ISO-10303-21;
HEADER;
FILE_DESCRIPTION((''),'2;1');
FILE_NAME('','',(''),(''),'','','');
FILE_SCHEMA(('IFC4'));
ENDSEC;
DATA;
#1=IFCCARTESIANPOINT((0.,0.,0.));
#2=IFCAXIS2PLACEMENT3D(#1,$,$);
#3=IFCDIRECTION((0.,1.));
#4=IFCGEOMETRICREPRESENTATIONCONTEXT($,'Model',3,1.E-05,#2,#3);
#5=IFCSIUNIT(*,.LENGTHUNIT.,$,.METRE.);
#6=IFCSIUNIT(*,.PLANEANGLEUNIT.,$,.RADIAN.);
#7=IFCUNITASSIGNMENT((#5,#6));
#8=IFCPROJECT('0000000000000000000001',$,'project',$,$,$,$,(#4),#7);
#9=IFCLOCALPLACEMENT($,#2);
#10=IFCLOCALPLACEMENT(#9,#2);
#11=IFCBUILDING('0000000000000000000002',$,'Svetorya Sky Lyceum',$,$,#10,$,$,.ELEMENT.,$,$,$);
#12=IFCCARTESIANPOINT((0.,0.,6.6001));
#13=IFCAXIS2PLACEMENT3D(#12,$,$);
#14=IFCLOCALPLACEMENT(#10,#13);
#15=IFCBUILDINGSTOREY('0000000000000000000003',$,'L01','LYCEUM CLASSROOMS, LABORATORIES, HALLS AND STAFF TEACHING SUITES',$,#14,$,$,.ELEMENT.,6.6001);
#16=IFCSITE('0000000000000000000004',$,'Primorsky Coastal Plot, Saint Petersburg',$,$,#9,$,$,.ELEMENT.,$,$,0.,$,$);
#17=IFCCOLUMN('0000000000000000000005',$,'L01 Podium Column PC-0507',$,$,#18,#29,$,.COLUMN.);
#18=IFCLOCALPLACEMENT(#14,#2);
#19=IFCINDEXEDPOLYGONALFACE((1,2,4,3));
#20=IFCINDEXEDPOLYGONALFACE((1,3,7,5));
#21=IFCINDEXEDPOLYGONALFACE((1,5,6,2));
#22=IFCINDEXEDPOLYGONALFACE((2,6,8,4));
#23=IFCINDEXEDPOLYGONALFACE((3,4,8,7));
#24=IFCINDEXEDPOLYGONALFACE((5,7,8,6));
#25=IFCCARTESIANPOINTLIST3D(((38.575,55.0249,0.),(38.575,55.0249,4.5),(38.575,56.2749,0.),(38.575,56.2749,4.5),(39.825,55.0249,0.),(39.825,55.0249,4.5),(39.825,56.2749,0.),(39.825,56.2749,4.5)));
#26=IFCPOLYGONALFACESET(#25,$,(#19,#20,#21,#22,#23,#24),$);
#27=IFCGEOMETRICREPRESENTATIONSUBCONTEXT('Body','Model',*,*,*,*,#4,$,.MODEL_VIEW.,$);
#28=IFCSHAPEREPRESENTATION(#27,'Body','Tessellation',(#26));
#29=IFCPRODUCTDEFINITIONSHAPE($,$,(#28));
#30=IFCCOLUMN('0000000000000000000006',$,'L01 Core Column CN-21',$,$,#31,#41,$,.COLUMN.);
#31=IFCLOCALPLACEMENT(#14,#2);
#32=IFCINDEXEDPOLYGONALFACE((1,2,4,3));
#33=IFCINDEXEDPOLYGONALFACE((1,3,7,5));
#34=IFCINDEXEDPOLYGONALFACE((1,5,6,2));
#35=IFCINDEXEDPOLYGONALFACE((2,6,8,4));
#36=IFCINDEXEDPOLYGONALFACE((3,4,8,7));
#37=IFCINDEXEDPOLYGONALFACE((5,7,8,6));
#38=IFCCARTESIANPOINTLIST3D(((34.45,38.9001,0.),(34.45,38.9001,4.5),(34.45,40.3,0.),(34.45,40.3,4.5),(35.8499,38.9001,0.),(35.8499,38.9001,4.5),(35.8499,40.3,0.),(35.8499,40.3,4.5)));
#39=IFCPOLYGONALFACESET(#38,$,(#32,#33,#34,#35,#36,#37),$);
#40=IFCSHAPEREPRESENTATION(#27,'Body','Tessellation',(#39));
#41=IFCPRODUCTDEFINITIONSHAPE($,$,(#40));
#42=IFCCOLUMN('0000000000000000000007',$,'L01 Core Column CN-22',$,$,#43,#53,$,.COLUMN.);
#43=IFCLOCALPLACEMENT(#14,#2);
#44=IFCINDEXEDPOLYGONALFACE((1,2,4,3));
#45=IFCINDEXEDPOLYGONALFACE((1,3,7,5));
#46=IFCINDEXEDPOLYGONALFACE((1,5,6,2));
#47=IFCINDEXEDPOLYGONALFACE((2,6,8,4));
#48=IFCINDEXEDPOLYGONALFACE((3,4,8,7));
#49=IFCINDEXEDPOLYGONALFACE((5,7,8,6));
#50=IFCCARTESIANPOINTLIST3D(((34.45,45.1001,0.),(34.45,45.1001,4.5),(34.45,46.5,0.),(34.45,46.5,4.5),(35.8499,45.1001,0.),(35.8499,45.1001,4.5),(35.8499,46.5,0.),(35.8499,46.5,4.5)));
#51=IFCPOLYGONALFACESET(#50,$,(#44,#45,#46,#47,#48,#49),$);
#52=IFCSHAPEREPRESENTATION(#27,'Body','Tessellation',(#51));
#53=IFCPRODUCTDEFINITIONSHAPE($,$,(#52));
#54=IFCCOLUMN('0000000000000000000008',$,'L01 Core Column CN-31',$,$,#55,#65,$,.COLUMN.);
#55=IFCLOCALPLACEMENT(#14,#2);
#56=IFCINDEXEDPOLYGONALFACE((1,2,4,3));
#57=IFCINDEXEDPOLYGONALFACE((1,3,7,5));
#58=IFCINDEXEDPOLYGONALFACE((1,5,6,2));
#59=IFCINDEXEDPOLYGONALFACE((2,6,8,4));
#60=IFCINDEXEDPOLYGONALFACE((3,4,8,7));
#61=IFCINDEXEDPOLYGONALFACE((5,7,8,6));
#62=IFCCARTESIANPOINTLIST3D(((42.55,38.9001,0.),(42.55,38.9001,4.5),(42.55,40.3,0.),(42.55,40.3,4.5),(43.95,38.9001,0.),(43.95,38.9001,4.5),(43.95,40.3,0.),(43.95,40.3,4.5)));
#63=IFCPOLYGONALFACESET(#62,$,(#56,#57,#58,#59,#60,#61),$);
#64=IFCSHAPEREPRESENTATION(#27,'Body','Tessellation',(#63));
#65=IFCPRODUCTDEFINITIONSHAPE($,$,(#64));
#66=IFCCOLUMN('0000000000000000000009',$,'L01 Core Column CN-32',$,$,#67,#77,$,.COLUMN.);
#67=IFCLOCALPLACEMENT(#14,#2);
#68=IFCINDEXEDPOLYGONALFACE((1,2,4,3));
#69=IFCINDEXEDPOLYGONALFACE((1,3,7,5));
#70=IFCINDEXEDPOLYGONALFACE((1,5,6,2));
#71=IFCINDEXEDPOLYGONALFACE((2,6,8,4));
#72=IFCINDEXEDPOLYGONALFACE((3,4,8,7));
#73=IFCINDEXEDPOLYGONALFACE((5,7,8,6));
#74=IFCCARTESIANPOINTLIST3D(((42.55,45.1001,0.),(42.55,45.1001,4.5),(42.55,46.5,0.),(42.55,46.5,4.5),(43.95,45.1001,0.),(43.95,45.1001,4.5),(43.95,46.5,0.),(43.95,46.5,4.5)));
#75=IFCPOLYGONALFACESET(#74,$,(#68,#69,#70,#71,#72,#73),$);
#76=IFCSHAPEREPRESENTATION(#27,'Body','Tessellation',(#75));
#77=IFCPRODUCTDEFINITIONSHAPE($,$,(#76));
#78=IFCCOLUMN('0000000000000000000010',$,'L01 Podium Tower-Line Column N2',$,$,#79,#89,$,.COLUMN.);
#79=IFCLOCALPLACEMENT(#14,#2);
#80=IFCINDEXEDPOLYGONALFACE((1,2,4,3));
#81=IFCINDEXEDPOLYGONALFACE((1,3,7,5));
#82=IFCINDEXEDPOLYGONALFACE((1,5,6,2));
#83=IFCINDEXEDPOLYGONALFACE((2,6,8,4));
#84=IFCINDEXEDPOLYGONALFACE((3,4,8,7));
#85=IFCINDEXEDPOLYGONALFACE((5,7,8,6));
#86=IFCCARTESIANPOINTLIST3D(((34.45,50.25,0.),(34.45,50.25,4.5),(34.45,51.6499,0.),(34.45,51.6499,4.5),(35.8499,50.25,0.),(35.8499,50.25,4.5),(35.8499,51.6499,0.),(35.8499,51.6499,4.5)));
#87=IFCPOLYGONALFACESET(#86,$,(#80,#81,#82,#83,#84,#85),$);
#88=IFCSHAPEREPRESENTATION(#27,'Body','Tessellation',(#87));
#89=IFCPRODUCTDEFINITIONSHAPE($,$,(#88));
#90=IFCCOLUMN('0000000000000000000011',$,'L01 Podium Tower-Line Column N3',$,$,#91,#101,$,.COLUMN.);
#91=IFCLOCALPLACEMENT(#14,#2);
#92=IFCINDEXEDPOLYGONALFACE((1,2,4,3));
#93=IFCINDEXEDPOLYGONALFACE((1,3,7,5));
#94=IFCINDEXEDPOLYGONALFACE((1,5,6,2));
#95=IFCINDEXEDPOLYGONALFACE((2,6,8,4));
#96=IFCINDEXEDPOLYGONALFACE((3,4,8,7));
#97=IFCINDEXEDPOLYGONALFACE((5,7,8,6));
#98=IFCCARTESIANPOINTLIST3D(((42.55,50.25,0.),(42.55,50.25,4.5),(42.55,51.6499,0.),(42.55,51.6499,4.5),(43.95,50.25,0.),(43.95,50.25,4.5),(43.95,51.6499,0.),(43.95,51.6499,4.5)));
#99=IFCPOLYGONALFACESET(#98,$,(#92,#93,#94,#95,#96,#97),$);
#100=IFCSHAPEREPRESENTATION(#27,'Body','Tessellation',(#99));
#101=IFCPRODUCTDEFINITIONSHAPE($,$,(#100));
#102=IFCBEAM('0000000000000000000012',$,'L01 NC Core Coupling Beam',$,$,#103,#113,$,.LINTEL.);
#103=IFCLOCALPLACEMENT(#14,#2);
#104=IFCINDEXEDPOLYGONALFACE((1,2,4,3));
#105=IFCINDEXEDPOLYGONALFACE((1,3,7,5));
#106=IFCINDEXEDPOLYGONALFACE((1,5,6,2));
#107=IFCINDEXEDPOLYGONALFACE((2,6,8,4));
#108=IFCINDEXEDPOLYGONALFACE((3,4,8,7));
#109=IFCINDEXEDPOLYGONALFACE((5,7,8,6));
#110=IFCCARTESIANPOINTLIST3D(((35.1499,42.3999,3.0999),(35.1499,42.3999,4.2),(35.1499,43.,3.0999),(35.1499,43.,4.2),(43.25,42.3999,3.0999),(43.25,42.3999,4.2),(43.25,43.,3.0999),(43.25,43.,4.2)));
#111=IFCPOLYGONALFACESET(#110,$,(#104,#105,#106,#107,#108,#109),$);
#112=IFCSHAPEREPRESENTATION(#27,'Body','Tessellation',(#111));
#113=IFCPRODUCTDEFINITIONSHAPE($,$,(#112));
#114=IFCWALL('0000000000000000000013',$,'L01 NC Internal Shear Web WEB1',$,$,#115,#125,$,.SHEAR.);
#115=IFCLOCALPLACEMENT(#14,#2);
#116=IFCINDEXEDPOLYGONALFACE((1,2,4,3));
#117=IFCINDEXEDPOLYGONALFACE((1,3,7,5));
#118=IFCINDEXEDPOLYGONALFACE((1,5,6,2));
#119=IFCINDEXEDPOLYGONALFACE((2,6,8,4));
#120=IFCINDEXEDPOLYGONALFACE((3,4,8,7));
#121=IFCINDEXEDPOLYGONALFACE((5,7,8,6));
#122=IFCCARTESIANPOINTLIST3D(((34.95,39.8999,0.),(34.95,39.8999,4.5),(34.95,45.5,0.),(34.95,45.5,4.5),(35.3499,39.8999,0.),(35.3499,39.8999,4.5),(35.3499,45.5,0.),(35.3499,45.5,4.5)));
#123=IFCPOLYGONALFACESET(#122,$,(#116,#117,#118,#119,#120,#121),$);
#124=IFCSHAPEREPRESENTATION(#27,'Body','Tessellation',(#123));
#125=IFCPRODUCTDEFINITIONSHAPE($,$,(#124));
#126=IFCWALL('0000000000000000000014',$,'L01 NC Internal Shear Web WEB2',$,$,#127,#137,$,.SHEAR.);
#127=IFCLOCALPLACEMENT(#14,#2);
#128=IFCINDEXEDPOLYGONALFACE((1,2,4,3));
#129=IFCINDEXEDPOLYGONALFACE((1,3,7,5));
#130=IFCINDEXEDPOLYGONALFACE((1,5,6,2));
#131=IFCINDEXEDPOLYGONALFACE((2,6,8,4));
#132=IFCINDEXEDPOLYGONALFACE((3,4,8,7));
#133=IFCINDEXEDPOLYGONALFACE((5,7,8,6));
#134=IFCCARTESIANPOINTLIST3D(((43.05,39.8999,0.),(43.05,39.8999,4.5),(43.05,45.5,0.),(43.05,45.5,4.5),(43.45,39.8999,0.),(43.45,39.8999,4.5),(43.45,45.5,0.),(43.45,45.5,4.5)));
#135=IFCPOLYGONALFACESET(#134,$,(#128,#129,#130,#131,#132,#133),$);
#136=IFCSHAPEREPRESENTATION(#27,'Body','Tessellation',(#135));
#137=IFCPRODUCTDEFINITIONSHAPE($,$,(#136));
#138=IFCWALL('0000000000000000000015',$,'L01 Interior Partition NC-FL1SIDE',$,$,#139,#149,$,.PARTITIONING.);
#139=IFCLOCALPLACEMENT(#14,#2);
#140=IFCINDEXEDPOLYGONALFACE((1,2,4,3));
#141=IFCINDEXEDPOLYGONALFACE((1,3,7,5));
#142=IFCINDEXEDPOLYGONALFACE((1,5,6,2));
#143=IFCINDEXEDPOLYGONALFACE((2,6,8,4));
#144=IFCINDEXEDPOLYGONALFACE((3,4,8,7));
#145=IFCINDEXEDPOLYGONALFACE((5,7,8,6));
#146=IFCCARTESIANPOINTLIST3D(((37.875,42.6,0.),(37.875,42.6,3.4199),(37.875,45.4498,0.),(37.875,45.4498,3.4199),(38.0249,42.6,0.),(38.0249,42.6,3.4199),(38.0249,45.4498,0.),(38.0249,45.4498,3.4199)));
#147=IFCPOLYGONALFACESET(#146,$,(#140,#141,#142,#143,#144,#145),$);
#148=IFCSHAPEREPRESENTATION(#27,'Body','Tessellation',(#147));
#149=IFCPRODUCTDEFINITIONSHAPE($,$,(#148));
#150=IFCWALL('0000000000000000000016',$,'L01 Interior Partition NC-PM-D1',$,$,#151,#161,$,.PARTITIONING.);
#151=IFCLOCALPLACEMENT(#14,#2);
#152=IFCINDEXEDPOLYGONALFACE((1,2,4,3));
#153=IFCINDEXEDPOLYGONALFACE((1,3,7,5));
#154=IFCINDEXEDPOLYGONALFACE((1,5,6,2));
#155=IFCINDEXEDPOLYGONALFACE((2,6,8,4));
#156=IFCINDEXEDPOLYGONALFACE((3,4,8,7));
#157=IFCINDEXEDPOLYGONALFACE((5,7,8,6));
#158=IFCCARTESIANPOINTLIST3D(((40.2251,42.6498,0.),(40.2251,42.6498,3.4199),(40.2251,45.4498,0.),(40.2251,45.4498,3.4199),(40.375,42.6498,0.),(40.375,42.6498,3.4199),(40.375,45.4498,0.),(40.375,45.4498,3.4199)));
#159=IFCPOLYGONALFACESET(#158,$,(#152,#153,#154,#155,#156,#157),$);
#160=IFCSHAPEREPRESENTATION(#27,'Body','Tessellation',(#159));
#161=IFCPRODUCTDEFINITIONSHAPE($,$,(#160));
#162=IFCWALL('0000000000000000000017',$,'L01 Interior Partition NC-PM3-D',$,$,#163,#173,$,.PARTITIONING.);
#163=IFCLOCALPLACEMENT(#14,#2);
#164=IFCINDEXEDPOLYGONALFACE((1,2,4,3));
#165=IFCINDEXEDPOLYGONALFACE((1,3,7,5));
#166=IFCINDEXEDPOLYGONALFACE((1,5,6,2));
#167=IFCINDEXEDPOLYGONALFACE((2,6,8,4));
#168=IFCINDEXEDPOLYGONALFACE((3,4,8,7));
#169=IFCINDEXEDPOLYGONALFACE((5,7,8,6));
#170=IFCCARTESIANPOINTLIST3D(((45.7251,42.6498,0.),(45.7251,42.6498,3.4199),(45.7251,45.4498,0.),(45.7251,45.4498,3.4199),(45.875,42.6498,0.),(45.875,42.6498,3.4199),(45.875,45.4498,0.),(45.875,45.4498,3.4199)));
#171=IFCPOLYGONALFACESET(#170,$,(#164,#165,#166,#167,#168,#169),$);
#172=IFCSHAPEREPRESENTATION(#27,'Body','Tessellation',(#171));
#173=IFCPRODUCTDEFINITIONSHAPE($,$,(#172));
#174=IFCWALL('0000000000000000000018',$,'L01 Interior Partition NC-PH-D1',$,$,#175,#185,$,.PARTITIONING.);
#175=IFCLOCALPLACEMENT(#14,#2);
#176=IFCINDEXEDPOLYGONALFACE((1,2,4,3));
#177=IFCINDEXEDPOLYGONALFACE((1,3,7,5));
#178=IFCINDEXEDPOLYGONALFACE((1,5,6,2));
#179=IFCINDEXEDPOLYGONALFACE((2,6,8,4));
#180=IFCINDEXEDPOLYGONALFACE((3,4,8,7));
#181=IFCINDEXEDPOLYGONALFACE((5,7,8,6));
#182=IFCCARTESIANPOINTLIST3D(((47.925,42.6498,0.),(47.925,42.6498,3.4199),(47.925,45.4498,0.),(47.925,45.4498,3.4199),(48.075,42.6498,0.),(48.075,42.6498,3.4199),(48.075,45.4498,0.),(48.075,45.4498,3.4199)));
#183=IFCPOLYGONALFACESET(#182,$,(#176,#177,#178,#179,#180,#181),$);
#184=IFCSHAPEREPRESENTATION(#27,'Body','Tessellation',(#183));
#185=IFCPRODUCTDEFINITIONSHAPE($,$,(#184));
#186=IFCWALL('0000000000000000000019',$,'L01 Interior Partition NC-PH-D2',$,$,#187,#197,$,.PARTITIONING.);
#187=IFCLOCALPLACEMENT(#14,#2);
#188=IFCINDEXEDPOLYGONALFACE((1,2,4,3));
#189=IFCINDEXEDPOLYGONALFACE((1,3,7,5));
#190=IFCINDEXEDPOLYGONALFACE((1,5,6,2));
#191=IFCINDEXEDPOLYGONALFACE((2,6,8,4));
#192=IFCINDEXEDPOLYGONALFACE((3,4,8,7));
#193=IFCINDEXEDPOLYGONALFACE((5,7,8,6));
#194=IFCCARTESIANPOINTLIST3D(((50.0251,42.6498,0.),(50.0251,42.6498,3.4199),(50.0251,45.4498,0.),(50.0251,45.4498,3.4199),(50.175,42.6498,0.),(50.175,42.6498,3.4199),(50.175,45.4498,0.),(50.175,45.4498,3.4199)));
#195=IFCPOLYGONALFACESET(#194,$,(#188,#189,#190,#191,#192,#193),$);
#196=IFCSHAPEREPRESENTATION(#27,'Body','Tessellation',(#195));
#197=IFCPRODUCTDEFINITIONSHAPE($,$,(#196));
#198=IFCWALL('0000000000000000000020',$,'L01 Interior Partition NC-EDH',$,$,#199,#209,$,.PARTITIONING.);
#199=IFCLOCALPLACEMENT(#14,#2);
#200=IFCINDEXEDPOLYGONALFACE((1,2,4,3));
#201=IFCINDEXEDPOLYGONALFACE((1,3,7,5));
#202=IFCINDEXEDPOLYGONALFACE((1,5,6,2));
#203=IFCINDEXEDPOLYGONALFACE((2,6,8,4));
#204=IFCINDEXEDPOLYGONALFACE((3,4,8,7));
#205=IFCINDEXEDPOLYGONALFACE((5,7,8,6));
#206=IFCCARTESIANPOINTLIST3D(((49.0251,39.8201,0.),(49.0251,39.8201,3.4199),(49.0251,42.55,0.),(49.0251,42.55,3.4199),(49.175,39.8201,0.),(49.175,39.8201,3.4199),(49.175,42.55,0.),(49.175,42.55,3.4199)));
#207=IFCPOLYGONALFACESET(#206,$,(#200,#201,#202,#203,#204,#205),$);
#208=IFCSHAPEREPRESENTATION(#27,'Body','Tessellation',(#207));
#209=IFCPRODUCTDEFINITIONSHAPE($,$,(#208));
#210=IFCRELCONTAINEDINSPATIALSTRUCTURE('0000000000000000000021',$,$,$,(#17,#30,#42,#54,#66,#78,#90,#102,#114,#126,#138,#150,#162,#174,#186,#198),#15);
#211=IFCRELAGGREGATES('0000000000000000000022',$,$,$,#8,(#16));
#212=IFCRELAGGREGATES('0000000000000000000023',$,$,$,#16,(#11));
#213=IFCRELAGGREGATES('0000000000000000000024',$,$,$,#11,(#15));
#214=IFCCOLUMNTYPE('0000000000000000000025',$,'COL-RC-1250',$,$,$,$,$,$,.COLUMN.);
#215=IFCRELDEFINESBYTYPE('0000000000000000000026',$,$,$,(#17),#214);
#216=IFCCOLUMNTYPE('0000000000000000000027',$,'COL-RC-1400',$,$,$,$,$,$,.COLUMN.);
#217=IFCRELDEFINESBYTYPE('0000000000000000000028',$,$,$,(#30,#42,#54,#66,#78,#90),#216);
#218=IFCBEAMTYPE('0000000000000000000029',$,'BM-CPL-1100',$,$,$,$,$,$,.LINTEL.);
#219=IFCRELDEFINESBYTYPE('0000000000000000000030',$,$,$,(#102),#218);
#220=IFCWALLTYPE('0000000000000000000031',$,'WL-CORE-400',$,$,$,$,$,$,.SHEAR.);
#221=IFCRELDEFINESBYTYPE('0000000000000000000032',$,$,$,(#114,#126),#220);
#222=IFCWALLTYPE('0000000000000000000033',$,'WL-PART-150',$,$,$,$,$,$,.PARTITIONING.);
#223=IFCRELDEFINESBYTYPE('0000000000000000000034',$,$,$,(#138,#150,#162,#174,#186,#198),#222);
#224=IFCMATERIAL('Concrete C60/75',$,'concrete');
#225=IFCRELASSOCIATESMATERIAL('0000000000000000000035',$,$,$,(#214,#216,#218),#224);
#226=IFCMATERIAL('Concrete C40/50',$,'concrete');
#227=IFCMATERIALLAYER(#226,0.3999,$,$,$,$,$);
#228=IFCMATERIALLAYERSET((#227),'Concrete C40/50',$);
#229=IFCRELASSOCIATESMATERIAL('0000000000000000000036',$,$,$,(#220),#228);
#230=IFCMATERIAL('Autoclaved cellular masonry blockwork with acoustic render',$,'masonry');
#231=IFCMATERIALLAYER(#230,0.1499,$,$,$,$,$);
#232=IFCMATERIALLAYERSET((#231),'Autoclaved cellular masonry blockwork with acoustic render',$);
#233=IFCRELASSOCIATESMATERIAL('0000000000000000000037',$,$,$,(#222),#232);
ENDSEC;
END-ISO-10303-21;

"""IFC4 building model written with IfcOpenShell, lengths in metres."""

from ifc_helpers import new_model, si_unit, direction, frame, frame_2d, origin, origin_2d, place, context, subcontext, project, spatial, rectangle, extrude, material, layer, layer_set, material_profile, profile_set, type_object, element, save


model = new_model("IFC4")

# Units and contexts
model_context = context("Model", 3, precision=1e-05, world=origin(), true_north=direction((0.0, 1.0)))
body_context = subcontext(model_context, "Body", "Model", "MODEL_VIEW")
ifc_project = project(units=[si_unit("LENGTHUNIT", "METRE"), si_unit("PLANEANGLEUNIT", "RADIAN")], contexts=[model_context])

# Site, building, storey
site_placement = place(None, origin())
site = spatial("IfcSite", under=ifc_project, at=site_placement, Name="Primorsky Coastal Plot, Saint Petersburg", CompositionType="ELEMENT", RefElevation=0.0)
building_placement = place(site_placement, origin())
building = spatial("IfcBuilding", under=site, at=building_placement, Name="Svetorya Sky Lyceum", CompositionType="ELEMENT")
storey_placement = place(building_placement, frame((0.0, 0.0, 6.6001)))
storey = spatial("IfcBuildingStorey", under=building, at=storey_placement, Name="L01", Description="LYCEUM CLASSROOMS, LABORATORIES, HALLS AND STAFF TEACHING SUITES", CompositionType="ELEMENT", Elevation=6.6001)

# Columns
ifc_material_1 = material(Name="Concrete C60/75", Category="concrete")
ifc_material_profile_1 = material_profile(ifc_material_1, rectangle(XDim=1.25, YDim=1.25, at=origin_2d()), Name="RC COL 1250x1250")
ifc_profile_set_1 = profile_set([ifc_material_profile_1], Name="Concrete C60/75")
column_type_1 = type_object("IfcColumnType", Name="COL-RC-1250", PredefinedType="COLUMN", material=ifc_profile_set_1)
column_placement = place(storey_placement, frame((39.2, 55.6499, 0.0), z_axis=(0.0, 0.0, 1.0), x_axis=(1.0, 0.0, 0.0)))
element("IfcColumn", 1, at=column_placement, inside=storey, type_object=column_type_1, Name="L01 Podium Column PC-0507", PredefinedType="COLUMN", context=body_context, shape_type="SweptSolid", body=[
    extrude(rectangle(XDim=1.25, YDim=1.25, at=origin_2d()), origin(), (0.0, 0.0, 1.0), 4.5),
])
ifc_material_profile_2 = material_profile(ifc_material_1, rectangle(XDim=1.3999, YDim=1.3999, at=origin_2d()), Name="RC COL 1400x1400")
ifc_profile_set_2 = profile_set([ifc_material_profile_2], Name="Concrete C60/75")
column_type_2 = type_object("IfcColumnType", Name="COL-RC-1400", PredefinedType="COLUMN", material=ifc_profile_set_2)
for number, where, z_axis, x_axis, name in (
    (2, (35.1499, 39.6001, 0.0), (0.0, 0.0, 1.0), (1.0, 0.0, 0.0), "L01 Core Column CN-21"),
    (3, (35.1499, 45.8, 0.0), (0.0, 0.0, 1.0), (1.0, 0.0, 0.0), "L01 Core Column CN-22"),
    (4, (43.25, 39.6001, 0.0), (0.0, 0.0, 1.0), (1.0, 0.0, 0.0), "L01 Core Column CN-31"),
    (5, (43.25, 45.8, 0.0), (0.0, 0.0, 1.0), (1.0, 0.0, 0.0), "L01 Core Column CN-32"),
    (6, (35.1499, 50.95, 0.0), (0.0, 0.0, 1.0), (1.0, 0.0, 0.0), "L01 Podium Tower-Line Column N2"),
    (7, (43.25, 50.95, 0.0), (0.0, 0.0, 1.0), (1.0, 0.0, 0.0), "L01 Podium Tower-Line Column N3"),
):
    element("IfcColumn", number, at=place(storey_placement, frame(where, z_axis=z_axis, x_axis=x_axis)), inside=storey, type_object=column_type_2, Name=name, PredefinedType="COLUMN", context=body_context, shape_type="SweptSolid", body=[
        extrude(rectangle(XDim=1.3999, YDim=1.3999, at=origin_2d()), origin(), (0.0, 0.0, 1.0), 4.5),
    ])

# Beam
ifc_material_profile_3 = material_profile(ifc_material_1, rectangle(XDim=0.6001, YDim=1.1001, at=origin_2d()), Name="RC COUPLING 600x1100")
ifc_profile_set_3 = profile_set([ifc_material_profile_3], Name="Concrete C60/75")
beam_type = type_object("IfcBeamType", Name="BM-CPL-1100", PredefinedType="LINTEL", material=ifc_profile_set_3)
beam_placement = place(storey_placement, frame((35.1499, 42.7, 3.6499), z_axis=(1.0, 0.0, 0.0), x_axis=(0.0, 1.0, 0.0)))
element("IfcBeam", 8, at=beam_placement, inside=storey, type_object=beam_type, Name="L01 NC Core Coupling Beam", PredefinedType="LINTEL", context=body_context, shape_type="SweptSolid", body=[
    extrude(rectangle(XDim=0.6001, YDim=1.1001, at=origin_2d()), origin(), (0.0, 0.0, 1.0), 8.1001),
])

# Walls
ifc_material_2 = material(Name="Concrete C40/50", Category="concrete")
ifc_layer_1 = layer(ifc_material_2, 0.3999)
ifc_layer_set_1 = layer_set([ifc_layer_1], Name="Concrete C40/50")
wall_type_1 = type_object("IfcWallType", Name="WL-CORE-400", PredefinedType="SHEAR", material=ifc_layer_set_1)
for number, where, z_axis, x_axis, name in (
    (9, (35.1499, 39.8999, 0.0), (0.0, 0.0, 1.0), (0.0, 1.0, 0.0), "L01 NC Internal Shear Web WEB1"),
    (10, (43.25, 39.8999, 0.0), (0.0, 0.0, 1.0), (0.0, 1.0, 0.0), "L01 NC Internal Shear Web WEB2"),
):
    element("IfcWall", number, at=place(storey_placement, frame(where, z_axis=z_axis, x_axis=x_axis)), inside=storey, type_object=wall_type_1, Name=name, PredefinedType="SHEAR", context=body_context, shape_type="SweptSolid", body=[
        extrude(rectangle(XDim=5.6001, YDim=0.3999, at=frame_2d((2.8, 0.0))), origin(), (0.0, 0.0, 1.0), 4.5),
    ])
ifc_material_3 = material(Name="Autoclaved cellular masonry blockwork with acoustic render", Category="masonry")
ifc_layer_2 = layer(ifc_material_3, 0.1499)
ifc_layer_set_2 = layer_set([ifc_layer_2], Name="Autoclaved cellular masonry blockwork with acoustic render")
wall_type_2 = type_object("IfcWallType", Name="WL-PART-150", PredefinedType="PARTITIONING", material=ifc_layer_set_2)
wall_1_placement = place(storey_placement, frame((37.95, 42.6001, 0.0), z_axis=(0.0, 0.0, 1.0), x_axis=(0.0, 1.0, 0.0)))
element("IfcWall", 11, at=wall_1_placement, inside=storey, type_object=wall_type_2, Name="L01 Interior Partition NC-FL1SIDE", PredefinedType="PARTITIONING", context=body_context, shape_type="SweptSolid", body=[
    extrude(rectangle(XDim=2.8499, YDim=0.1499, at=frame_2d((1.4248, 0.0))), origin(), (0.0, 0.0, 1.0), 3.4199),
])
for number, where, z_axis, x_axis, name in (
    (12, (40.3, 42.6499, 0.0), (0.0, 0.0, 1.0), (0.0, 1.0, 0.0), "L01 Interior Partition NC-PM-D1"),
    (13, (45.8, 42.6499, 0.0), (0.0, 0.0, 1.0), (0.0, 1.0, 0.0), "L01 Interior Partition NC-PM3-D"),
    (14, (48.0, 42.6499, 0.0), (0.0, 0.0, 1.0), (0.0, 1.0, 0.0), "L01 Interior Partition NC-PH-D1"),
    (15, (50.1001, 42.6499, 0.0), (0.0, 0.0, 1.0), (0.0, 1.0, 0.0), "L01 Interior Partition NC-PH-D2"),
):
    element("IfcWall", number, at=place(storey_placement, frame(where, z_axis=z_axis, x_axis=x_axis)), inside=storey, type_object=wall_type_2, Name=name, PredefinedType="PARTITIONING", context=body_context, shape_type="SweptSolid", body=[
        extrude(rectangle(XDim=2.8, YDim=0.1499, at=frame_2d((1.3999, 0.0))), origin(), (0.0, 0.0, 1.0), 3.4199),
    ])
wall_2_placement = place(storey_placement, frame((49.1001, 39.8201, 0.0), z_axis=(0.0, 0.0, 1.0), x_axis=(0.0, 1.0, 0.0)))
element("IfcWall", 16, at=wall_2_placement, inside=storey, type_object=wall_type_2, Name="L01 Interior Partition NC-EDH", PredefinedType="PARTITIONING", context=body_context, shape_type="SweptSolid", body=[
    extrude(rectangle(XDim=2.73, YDim=0.1499, at=frame_2d((1.365, 0.0))), origin(), (0.0, 0.0, 1.0), 3.4199),
])

save(model, "model.ifc")
